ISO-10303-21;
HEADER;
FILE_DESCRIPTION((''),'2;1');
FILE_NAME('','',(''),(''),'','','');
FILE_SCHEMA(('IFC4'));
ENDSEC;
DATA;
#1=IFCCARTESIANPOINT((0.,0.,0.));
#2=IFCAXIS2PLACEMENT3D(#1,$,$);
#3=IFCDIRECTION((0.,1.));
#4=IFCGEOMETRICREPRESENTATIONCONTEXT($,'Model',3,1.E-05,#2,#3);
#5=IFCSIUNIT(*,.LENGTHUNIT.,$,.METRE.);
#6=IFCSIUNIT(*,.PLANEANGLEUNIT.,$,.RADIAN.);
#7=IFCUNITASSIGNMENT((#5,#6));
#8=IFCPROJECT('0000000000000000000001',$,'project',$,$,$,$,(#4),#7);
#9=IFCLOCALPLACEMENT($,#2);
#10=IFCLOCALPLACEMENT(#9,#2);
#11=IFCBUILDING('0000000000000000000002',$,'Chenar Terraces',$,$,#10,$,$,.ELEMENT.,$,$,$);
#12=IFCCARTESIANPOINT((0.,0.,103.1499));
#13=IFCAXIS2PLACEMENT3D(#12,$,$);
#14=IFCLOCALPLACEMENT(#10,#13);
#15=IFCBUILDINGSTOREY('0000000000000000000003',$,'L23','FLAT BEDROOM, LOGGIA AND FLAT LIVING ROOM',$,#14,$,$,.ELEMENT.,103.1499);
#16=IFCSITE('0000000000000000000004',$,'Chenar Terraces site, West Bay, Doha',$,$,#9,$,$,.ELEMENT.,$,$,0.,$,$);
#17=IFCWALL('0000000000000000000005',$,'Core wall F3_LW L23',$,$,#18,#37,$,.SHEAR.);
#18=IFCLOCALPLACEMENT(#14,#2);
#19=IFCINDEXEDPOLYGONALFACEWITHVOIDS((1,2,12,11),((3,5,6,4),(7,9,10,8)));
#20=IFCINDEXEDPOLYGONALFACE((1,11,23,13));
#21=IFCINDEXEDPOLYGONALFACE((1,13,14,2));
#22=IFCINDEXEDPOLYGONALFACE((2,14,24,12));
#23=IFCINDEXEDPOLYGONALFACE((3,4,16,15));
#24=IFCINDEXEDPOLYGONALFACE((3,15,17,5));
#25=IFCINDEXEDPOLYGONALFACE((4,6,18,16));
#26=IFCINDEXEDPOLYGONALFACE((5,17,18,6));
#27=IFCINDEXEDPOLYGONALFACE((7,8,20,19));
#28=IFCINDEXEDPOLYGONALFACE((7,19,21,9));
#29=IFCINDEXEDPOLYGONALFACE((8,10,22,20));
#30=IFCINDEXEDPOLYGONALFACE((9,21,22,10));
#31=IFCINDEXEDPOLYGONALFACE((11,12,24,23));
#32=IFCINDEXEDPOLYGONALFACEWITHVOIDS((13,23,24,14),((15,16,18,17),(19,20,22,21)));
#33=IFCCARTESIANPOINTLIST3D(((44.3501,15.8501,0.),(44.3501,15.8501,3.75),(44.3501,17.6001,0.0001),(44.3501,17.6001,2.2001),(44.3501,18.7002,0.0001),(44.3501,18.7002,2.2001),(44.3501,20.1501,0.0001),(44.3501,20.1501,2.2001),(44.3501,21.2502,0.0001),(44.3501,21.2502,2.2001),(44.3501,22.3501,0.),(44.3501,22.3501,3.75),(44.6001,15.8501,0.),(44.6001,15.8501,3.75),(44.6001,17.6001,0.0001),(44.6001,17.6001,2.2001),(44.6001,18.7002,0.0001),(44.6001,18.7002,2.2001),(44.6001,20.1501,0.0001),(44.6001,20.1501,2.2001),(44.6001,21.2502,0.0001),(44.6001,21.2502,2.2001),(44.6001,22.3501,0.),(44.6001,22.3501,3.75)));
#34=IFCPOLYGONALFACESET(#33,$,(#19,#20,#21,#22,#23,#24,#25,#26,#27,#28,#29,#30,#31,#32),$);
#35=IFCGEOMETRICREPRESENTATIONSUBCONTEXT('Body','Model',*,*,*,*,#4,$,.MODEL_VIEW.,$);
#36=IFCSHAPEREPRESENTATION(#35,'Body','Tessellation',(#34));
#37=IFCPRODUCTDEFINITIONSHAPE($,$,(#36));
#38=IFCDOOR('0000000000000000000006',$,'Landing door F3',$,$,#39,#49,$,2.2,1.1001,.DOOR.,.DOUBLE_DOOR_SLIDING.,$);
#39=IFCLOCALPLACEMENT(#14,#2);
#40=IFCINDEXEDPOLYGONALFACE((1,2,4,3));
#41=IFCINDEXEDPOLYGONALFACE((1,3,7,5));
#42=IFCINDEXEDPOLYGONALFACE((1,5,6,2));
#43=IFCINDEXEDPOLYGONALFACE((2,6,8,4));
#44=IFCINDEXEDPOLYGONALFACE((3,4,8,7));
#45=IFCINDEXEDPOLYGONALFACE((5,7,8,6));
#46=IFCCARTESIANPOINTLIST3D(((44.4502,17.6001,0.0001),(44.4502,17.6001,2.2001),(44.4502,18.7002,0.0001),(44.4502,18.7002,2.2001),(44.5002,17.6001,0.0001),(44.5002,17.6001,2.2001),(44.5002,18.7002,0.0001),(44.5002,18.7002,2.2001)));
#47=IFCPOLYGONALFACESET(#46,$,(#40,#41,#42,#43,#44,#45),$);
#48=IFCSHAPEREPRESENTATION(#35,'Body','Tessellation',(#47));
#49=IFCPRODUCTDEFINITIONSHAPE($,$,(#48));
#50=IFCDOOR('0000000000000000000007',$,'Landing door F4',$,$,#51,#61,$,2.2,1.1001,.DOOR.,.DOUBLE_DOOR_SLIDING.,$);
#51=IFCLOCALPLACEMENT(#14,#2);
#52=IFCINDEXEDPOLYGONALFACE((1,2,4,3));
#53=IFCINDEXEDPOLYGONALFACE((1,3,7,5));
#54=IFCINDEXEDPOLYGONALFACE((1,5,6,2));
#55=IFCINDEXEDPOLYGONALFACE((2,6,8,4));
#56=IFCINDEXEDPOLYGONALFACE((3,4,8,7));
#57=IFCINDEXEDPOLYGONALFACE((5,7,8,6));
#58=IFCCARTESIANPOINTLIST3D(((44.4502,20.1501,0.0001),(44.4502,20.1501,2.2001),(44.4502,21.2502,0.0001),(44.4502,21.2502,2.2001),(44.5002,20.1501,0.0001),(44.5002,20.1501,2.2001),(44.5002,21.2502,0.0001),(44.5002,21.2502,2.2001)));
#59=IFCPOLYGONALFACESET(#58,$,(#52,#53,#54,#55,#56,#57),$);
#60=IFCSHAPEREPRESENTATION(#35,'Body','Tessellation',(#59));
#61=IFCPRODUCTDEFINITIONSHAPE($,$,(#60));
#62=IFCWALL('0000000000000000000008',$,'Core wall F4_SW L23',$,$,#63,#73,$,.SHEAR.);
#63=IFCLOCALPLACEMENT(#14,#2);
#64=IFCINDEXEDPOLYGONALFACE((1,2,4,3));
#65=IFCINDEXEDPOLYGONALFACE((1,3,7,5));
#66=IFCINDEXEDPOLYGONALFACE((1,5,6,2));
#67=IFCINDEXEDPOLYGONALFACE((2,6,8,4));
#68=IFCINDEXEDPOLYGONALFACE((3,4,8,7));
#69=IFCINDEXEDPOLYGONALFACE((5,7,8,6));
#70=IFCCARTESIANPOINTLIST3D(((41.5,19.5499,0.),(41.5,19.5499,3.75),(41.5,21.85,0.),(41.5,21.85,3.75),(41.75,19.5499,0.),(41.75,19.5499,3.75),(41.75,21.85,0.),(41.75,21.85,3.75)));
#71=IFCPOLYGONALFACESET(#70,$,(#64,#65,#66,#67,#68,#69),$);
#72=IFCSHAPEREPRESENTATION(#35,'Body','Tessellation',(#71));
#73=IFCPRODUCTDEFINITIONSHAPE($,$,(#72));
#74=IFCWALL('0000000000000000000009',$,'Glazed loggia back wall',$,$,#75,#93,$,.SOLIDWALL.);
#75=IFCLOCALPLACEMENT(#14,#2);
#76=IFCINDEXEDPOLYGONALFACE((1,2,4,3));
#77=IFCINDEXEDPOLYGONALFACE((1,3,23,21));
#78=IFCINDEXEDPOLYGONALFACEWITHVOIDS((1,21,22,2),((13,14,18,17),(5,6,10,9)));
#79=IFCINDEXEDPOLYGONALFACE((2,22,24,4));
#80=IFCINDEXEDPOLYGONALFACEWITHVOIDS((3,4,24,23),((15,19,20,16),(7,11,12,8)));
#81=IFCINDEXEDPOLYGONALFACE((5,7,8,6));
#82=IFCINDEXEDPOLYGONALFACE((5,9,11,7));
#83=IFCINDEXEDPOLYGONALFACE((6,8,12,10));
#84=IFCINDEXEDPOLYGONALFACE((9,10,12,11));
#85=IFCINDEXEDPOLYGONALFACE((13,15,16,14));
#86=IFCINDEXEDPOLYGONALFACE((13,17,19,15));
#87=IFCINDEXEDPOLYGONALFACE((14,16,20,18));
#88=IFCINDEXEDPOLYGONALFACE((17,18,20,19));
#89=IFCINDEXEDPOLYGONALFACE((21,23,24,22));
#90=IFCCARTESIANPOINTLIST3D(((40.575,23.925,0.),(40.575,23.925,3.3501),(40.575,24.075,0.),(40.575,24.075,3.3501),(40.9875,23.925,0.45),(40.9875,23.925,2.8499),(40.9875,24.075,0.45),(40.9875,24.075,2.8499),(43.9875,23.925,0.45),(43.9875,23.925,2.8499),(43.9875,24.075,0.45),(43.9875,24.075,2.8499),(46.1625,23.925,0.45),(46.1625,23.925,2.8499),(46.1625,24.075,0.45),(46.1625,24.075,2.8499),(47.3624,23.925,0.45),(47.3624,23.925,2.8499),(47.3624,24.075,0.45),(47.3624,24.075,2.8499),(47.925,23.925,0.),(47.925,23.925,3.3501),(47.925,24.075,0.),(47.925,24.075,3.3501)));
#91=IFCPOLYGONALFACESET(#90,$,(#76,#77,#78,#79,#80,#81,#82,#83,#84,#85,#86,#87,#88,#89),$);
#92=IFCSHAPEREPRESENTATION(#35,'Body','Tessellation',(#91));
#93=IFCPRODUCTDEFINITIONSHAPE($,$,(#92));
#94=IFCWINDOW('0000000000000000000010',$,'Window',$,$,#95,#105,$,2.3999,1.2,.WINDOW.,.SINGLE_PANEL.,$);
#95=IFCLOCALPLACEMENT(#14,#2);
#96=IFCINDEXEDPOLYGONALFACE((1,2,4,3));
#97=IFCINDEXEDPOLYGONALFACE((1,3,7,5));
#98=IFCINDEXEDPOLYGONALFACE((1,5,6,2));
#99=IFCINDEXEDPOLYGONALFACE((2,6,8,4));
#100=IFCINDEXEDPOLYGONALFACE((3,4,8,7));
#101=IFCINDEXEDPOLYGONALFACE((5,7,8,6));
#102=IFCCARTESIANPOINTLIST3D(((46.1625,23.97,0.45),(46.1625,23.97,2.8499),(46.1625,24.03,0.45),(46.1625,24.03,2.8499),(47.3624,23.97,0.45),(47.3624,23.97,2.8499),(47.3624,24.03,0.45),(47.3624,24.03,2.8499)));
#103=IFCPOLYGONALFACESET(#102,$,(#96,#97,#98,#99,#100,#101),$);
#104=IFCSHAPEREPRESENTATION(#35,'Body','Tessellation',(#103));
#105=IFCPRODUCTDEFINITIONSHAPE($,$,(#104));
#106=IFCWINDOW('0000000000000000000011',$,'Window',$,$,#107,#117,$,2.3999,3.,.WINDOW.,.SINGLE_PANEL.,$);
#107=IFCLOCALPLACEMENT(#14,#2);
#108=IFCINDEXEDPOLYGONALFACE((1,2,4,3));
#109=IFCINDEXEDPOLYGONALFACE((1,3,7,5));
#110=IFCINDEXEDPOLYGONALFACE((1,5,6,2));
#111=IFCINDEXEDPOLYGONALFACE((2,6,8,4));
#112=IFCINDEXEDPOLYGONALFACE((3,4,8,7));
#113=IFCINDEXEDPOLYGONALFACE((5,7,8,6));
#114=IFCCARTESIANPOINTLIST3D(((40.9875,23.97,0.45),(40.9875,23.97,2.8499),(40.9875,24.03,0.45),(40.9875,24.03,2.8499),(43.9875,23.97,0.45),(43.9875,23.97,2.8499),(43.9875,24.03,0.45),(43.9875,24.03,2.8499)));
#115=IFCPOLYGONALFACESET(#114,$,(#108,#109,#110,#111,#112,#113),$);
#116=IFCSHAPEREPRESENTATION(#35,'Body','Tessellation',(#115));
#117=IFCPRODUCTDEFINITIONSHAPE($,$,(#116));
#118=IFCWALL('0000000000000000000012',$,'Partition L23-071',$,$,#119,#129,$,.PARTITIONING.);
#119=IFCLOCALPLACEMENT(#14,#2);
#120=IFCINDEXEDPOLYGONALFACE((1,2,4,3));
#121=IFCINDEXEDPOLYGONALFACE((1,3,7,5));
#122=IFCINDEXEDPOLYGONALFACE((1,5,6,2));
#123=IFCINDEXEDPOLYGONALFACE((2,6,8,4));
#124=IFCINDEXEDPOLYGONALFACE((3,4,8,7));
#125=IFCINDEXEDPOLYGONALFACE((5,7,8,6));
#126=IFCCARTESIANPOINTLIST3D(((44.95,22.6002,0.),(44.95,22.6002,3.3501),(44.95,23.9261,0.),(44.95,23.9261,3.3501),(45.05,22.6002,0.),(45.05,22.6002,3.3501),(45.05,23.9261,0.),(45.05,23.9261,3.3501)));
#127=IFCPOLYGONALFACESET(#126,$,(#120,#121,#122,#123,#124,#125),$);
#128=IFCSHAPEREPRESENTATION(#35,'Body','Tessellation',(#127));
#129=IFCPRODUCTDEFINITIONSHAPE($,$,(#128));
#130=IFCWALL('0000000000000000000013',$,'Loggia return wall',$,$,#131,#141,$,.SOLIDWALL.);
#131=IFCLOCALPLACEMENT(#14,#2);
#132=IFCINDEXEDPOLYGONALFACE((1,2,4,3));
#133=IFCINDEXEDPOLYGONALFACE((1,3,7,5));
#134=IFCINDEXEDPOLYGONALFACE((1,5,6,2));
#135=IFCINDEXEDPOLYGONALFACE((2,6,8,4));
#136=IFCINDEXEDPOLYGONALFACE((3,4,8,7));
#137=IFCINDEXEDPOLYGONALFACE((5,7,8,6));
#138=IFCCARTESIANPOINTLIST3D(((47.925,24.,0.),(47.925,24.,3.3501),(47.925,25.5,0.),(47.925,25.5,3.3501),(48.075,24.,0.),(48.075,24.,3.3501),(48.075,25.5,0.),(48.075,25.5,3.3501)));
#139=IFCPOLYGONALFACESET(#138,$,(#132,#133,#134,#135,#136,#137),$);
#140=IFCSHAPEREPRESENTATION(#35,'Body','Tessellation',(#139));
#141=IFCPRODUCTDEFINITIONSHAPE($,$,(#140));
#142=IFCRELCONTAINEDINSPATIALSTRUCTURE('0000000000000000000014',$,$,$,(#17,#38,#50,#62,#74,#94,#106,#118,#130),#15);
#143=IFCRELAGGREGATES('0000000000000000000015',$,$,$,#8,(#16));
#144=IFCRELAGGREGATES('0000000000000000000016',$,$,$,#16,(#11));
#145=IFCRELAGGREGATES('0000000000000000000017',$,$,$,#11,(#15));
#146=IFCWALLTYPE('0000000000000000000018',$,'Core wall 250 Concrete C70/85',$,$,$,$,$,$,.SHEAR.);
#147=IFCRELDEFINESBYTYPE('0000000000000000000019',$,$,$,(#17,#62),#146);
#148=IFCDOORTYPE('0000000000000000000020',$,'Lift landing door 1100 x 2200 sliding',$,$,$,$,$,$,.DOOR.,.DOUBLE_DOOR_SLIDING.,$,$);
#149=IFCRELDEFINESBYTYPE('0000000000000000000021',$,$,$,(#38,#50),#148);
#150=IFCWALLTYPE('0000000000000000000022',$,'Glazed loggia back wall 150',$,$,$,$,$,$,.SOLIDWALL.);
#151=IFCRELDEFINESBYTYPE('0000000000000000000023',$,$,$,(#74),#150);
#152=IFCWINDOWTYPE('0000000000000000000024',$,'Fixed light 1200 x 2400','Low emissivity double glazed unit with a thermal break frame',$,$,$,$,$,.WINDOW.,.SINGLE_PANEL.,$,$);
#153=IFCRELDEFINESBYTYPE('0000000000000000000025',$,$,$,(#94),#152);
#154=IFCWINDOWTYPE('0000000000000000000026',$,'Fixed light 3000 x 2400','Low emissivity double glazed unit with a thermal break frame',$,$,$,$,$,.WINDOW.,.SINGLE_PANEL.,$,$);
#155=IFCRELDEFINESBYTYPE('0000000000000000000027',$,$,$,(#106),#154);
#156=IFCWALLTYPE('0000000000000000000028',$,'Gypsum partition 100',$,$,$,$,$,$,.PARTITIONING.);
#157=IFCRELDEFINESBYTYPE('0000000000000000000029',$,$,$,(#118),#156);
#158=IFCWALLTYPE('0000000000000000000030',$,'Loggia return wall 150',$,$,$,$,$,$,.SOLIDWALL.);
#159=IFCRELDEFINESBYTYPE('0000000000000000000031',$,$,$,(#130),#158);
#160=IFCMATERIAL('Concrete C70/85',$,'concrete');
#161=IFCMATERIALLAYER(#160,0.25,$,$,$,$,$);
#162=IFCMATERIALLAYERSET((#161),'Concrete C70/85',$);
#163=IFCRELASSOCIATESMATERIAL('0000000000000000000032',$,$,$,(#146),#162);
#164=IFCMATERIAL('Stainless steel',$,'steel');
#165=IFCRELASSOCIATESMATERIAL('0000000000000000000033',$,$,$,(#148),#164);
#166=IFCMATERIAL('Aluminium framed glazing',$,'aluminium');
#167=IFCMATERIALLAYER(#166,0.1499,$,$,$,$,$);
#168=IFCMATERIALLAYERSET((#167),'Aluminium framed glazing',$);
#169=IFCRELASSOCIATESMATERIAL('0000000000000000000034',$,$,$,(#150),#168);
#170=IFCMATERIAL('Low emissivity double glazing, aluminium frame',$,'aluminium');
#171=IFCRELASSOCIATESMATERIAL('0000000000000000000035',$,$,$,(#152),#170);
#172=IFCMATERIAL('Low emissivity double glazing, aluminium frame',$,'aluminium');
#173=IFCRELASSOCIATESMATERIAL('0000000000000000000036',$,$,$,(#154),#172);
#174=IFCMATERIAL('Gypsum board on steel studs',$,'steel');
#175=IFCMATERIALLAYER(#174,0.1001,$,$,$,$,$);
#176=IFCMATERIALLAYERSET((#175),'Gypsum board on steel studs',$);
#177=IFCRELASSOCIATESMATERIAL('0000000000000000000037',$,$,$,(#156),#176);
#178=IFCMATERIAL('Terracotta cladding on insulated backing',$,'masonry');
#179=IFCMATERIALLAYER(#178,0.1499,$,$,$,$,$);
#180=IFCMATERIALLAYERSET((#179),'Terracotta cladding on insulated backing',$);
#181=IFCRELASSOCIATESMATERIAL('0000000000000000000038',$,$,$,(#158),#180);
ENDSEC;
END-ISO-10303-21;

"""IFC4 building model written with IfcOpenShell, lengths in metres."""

from ifc_helpers import new_model, si_unit, direction, frame, frame_2d, origin, place, context, subcontext, project, spatial, rectangle, extrude, material, layer, layer_set, type_object, element, fill, save


model = new_model("IFC4")

# Units and contexts
model_context = context("Model", 3, precision=1e-05, world=origin(), true_north=direction((0.0, 1.0)))
body_context = subcontext(model_context, "Body", "Model", "MODEL_VIEW")
ifc_project = project(units=[si_unit("LENGTHUNIT", "METRE"), si_unit("PLANEANGLEUNIT", "RADIAN")], contexts=[model_context])

# Site, building, storey
site_placement = place(None, origin())
site = spatial("IfcSite", under=ifc_project, at=site_placement, Name="Chenar Terraces site, West Bay, Doha", CompositionType="ELEMENT", RefElevation=0.0)
building_placement = place(site_placement, origin())
building = spatial("IfcBuilding", under=site, at=building_placement, Name="Chenar Terraces", CompositionType="ELEMENT")
storey_placement = place(building_placement, frame((0.0, 0.0, 103.1499)))
storey = spatial("IfcBuildingStorey", under=building, at=storey_placement, Name="L23", Description="FLAT BEDROOM, LOGGIA AND FLAT LIVING ROOM", CompositionType="ELEMENT", Elevation=103.1499)

# Shared definitions
ifc_material_1 = material(Name="Concrete C70/85", Category="concrete")
ifc_layer_1 = layer(ifc_material_1, 0.25)
ifc_layer_set_1 = layer_set([ifc_layer_1], Name="Concrete C70/85")
wall_type_1 = type_object("IfcWallType", Name="Core wall 250 Concrete C70/85", PredefinedType="SHEAR", material=ifc_layer_set_1)

# Wall, openings, doors
wall_1_placement = place(storey_placement, frame((44.4751, 15.8501, 0.0), z_axis=(0.0, 0.0, 1.0), x_axis=(0.0, 1.0, 0.0)))
wall_1 = element("IfcWall", 1, at=wall_1_placement, inside=storey, type_object=wall_type_1, Name="Core wall F3_LW L23", PredefinedType="SHEAR", context=body_context, shape_type="SweptSolid", body=[
    extrude(rectangle(XDim=6.5, YDim=0.25, at=frame_2d((3.25, 0.0))), origin(), (0.0, 0.0, 1.0), 3.75),
])
opening_1_placement = place(wall_1_placement, frame((1.75, 0.0, 0.0)))
opening_1 = element("IfcOpeningElement", 2, at=opening_1_placement, cuts=wall_1, PredefinedType="OPENING", context=body_context, shape_type="SweptSolid", body=[
    extrude(rectangle(XDim=1.1001, YDim=2.2, at=frame_2d((0.55, 1.1001))), frame((0.0, 0.135, 0.0), z_axis=(0.0, -1.0, 0.0), x_axis=(1.0, 0.0, 0.0)), (0.0, 0.0, 1.0), 0.27),
])
opening_2_placement = place(wall_1_placement, frame((4.3, 0.0, 0.0)))
opening_2 = element("IfcOpeningElement", 3, at=opening_2_placement, cuts=wall_1, PredefinedType="OPENING", context=body_context, shape_type="SweptSolid", body=[
    extrude(rectangle(XDim=1.1001, YDim=2.2, at=frame_2d((0.55, 1.1001))), frame((0.0, 0.135, 0.0), z_axis=(0.0, -1.0, 0.0), x_axis=(1.0, 0.0, 0.0)), (0.0, 0.0, 1.0), 0.27),
])
ifc_material_2 = material(Name="Stainless steel", Category="steel")
door_type_1 = type_object("IfcDoorType", Name="Lift landing door 1100 x 2200 sliding", OperationType="DOUBLE_DOOR_SLIDING", PredefinedType="DOOR", material=ifc_material_2)
door_1_placement = place(opening_1_placement, origin())
door_1 = element("IfcDoor", 4, at=door_1_placement, inside=storey, type_object=door_type_1, Name="Landing door F3", OperationType="DOUBLE_DOOR_SLIDING", OverallHeight=2.2, OverallWidth=1.1001, PredefinedType="DOOR", context=body_context, shape_type="SweptSolid", body=[
    extrude(rectangle(XDim=1.1001, YDim=2.2, at=frame_2d((0.55, 1.1001))), frame((0.0, 0.0249, 0.0), z_axis=(0.0, -1.0, 0.0), x_axis=(1.0, 0.0, 0.0)), (0.0, 0.0, 1.0), 0.05),
])
fill(opening_1, door_1)
door_2_placement = place(opening_2_placement, origin())
door_2 = element("IfcDoor", 5, at=door_2_placement, inside=storey, type_object=door_type_1, Name="Landing door F4", OperationType="DOUBLE_DOOR_SLIDING", OverallHeight=2.2, OverallWidth=1.1001, PredefinedType="DOOR", context=body_context, shape_type="SweptSolid", body=[
    extrude(rectangle(XDim=1.1001, YDim=2.2, at=frame_2d((0.55, 1.1001))), frame((0.0, 0.0249, 0.0), z_axis=(0.0, -1.0, 0.0), x_axis=(1.0, 0.0, 0.0)), (0.0, 0.0, 1.0), 0.05),
])
fill(opening_2, door_2)

# Wall
wall_2_placement = place(storey_placement, frame((41.625, 19.55, 0.0), z_axis=(0.0, 0.0, 1.0), x_axis=(0.0, 1.0, 0.0)))
element("IfcWall", 6, at=wall_2_placement, inside=storey, type_object=wall_type_1, Name="Core wall F4_SW L23", PredefinedType="SHEAR", context=body_context, shape_type="SweptSolid", body=[
    extrude(rectangle(XDim=2.3, YDim=0.25, at=frame_2d((1.1499, 0.0))), origin(), (0.0, 0.0, 1.0), 3.75),
])

# Wall, openings, windows
ifc_material_3 = material(Name="Aluminium framed glazing", Category="aluminium")
ifc_layer_2 = layer(ifc_material_3, 0.1499)
ifc_layer_set_2 = layer_set([ifc_layer_2], Name="Aluminium framed glazing")
wall_type_2 = type_object("IfcWallType", Name="Glazed loggia back wall 150", PredefinedType="SOLIDWALL", material=ifc_layer_set_2)
wall_3_placement = place(storey_placement, frame((47.925, 24.0, 0.0), z_axis=(0.0, 0.0, 1.0), x_axis=(-1.0, 0.0, 0.0)))
wall_3 = element("IfcWall", 7, at=wall_3_placement, inside=storey, type_object=wall_type_2, Name="Glazed loggia back wall", PredefinedType="SOLIDWALL", context=body_context, shape_type="SweptSolid", body=[
    extrude(rectangle(XDim=7.3501, YDim=0.1499, at=frame_2d((3.675, 0.0))), origin(), (0.0, 0.0, 1.0), 3.3501),
])
opening_3_placement = place(wall_3_placement, frame((0.5625, 0.0, 0.45)))
opening_3 = element("IfcOpeningElement", 8, at=opening_3_placement, cuts=wall_3, PredefinedType="OPENING", context=body_context, shape_type="SweptSolid", body=[
    extrude(rectangle(XDim=1.2, YDim=2.3999, at=frame_2d((0.6001, 1.2))), frame((0.0, 0.085, 0.0), z_axis=(0.0, -1.0, 0.0), x_axis=(1.0, 0.0, 0.0)), (0.0, 0.0, 1.0), 0.1699),
])
opening_4_placement = place(wall_3_placement, frame((3.9375, 0.0, 0.45)))
opening_4 = element("IfcOpeningElement", 9, at=opening_4_placement, cuts=wall_3, PredefinedType="OPENING", context=body_context, shape_type="SweptSolid", body=[
    extrude(rectangle(XDim=3.0, YDim=2.3999, at=frame_2d((1.5, 1.2))), frame((0.0, 0.085, 0.0), z_axis=(0.0, -1.0, 0.0), x_axis=(1.0, 0.0, 0.0)), (0.0, 0.0, 1.0), 0.1699),
])
ifc_material_4 = material(Name="Low emissivity double glazing, aluminium frame", Category="aluminium")
window_type_1 = type_object("IfcWindowType", Name="Fixed light 1200 x 2400", Description="Low emissivity double glazed unit with a thermal break frame", PartitioningType="SINGLE_PANEL", PredefinedType="WINDOW", material=ifc_material_4)
window_1_placement = place(opening_3_placement, origin())
window_1 = element("IfcWindow", 10, at=window_1_placement, inside=storey, type_object=window_type_1, Name="Window", OverallHeight=2.3999, OverallWidth=1.2, PartitioningType="SINGLE_PANEL", PredefinedType="WINDOW", context=body_context, shape_type="SweptSolid", body=[
    extrude(rectangle(XDim=1.2, YDim=2.3999, at=frame_2d((0.6001, 1.2))), frame((0.0, 0.03, 0.0), z_axis=(0.0, -1.0, 0.0), x_axis=(1.0, 0.0, 0.0)), (0.0, 0.0, 1.0), 0.0601),
])
fill(opening_3, window_1)
ifc_material_5 = material(Name="Low emissivity double glazing, aluminium frame", Category="aluminium")
window_type_2 = type_object("IfcWindowType", Name="Fixed light 3000 x 2400", Description="Low emissivity double glazed unit with a thermal break frame", PartitioningType="SINGLE_PANEL", PredefinedType="WINDOW", material=ifc_material_5)
window_2_placement = place(opening_4_placement, origin())
window_2 = element("IfcWindow", 11, at=window_2_placement, inside=storey, type_object=window_type_2, Name="Window", OverallHeight=2.3999, OverallWidth=3.0, PartitioningType="SINGLE_PANEL", PredefinedType="WINDOW", context=body_context, shape_type="SweptSolid", body=[
    extrude(rectangle(XDim=3.0, YDim=2.3999, at=frame_2d((1.5, 1.2))), frame((0.0, 0.03, 0.0), z_axis=(0.0, -1.0, 0.0), x_axis=(1.0, 0.0, 0.0)), (0.0, 0.0, 1.0), 0.0601),
])
fill(opening_4, window_2)

# Walls
ifc_material_6 = material(Name="Gypsum board on steel studs", Category="steel")
ifc_layer_3 = layer(ifc_material_6, 0.1001)
ifc_layer_set_3 = layer_set([ifc_layer_3], Name="Gypsum board on steel studs")
wall_type_3 = type_object("IfcWallType", Name="Gypsum partition 100", PredefinedType="PARTITIONING", material=ifc_layer_set_3)
wall_4_placement = place(storey_placement, frame((45.0, 22.6001, 0.0), z_axis=(0.0, 0.0, 1.0), x_axis=(0.0, 1.0, 0.0)))
element("IfcWall", 12, at=wall_4_placement, inside=storey, type_object=wall_type_3, Name="Partition L23-071", PredefinedType="PARTITIONING", context=body_context, shape_type="SweptSolid", body=[
    extrude(rectangle(XDim=1.3259, YDim=0.1001, at=frame_2d((0.6631, 0.0))), origin(), (0.0, 0.0, 1.0), 3.3501),
])
ifc_material_7 = material(Name="Terracotta cladding on insulated backing", Category="masonry")
ifc_layer_4 = layer(ifc_material_7, 0.1499)
ifc_layer_set_4 = layer_set([ifc_layer_4], Name="Terracotta cladding on insulated backing")
wall_type_4 = type_object("IfcWallType", Name="Loggia return wall 150", PredefinedType="SOLIDWALL", material=ifc_layer_set_4)
wall_5_placement = place(storey_placement, frame((48.0, 25.5, 0.0), z_axis=(0.0, 0.0, 1.0), x_axis=(0.0, -1.0, 0.0)))
element("IfcWall", 13, at=wall_5_placement, inside=storey, type_object=wall_type_4, Name="Loggia return wall", PredefinedType="SOLIDWALL", context=body_context, shape_type="SweptSolid", body=[
    extrude(rectangle(XDim=1.5, YDim=0.1499, at=frame_2d((0.75, 0.0))), origin(), (0.0, 0.0, 1.0), 3.3501),
])

save(model, "model.ifc")
